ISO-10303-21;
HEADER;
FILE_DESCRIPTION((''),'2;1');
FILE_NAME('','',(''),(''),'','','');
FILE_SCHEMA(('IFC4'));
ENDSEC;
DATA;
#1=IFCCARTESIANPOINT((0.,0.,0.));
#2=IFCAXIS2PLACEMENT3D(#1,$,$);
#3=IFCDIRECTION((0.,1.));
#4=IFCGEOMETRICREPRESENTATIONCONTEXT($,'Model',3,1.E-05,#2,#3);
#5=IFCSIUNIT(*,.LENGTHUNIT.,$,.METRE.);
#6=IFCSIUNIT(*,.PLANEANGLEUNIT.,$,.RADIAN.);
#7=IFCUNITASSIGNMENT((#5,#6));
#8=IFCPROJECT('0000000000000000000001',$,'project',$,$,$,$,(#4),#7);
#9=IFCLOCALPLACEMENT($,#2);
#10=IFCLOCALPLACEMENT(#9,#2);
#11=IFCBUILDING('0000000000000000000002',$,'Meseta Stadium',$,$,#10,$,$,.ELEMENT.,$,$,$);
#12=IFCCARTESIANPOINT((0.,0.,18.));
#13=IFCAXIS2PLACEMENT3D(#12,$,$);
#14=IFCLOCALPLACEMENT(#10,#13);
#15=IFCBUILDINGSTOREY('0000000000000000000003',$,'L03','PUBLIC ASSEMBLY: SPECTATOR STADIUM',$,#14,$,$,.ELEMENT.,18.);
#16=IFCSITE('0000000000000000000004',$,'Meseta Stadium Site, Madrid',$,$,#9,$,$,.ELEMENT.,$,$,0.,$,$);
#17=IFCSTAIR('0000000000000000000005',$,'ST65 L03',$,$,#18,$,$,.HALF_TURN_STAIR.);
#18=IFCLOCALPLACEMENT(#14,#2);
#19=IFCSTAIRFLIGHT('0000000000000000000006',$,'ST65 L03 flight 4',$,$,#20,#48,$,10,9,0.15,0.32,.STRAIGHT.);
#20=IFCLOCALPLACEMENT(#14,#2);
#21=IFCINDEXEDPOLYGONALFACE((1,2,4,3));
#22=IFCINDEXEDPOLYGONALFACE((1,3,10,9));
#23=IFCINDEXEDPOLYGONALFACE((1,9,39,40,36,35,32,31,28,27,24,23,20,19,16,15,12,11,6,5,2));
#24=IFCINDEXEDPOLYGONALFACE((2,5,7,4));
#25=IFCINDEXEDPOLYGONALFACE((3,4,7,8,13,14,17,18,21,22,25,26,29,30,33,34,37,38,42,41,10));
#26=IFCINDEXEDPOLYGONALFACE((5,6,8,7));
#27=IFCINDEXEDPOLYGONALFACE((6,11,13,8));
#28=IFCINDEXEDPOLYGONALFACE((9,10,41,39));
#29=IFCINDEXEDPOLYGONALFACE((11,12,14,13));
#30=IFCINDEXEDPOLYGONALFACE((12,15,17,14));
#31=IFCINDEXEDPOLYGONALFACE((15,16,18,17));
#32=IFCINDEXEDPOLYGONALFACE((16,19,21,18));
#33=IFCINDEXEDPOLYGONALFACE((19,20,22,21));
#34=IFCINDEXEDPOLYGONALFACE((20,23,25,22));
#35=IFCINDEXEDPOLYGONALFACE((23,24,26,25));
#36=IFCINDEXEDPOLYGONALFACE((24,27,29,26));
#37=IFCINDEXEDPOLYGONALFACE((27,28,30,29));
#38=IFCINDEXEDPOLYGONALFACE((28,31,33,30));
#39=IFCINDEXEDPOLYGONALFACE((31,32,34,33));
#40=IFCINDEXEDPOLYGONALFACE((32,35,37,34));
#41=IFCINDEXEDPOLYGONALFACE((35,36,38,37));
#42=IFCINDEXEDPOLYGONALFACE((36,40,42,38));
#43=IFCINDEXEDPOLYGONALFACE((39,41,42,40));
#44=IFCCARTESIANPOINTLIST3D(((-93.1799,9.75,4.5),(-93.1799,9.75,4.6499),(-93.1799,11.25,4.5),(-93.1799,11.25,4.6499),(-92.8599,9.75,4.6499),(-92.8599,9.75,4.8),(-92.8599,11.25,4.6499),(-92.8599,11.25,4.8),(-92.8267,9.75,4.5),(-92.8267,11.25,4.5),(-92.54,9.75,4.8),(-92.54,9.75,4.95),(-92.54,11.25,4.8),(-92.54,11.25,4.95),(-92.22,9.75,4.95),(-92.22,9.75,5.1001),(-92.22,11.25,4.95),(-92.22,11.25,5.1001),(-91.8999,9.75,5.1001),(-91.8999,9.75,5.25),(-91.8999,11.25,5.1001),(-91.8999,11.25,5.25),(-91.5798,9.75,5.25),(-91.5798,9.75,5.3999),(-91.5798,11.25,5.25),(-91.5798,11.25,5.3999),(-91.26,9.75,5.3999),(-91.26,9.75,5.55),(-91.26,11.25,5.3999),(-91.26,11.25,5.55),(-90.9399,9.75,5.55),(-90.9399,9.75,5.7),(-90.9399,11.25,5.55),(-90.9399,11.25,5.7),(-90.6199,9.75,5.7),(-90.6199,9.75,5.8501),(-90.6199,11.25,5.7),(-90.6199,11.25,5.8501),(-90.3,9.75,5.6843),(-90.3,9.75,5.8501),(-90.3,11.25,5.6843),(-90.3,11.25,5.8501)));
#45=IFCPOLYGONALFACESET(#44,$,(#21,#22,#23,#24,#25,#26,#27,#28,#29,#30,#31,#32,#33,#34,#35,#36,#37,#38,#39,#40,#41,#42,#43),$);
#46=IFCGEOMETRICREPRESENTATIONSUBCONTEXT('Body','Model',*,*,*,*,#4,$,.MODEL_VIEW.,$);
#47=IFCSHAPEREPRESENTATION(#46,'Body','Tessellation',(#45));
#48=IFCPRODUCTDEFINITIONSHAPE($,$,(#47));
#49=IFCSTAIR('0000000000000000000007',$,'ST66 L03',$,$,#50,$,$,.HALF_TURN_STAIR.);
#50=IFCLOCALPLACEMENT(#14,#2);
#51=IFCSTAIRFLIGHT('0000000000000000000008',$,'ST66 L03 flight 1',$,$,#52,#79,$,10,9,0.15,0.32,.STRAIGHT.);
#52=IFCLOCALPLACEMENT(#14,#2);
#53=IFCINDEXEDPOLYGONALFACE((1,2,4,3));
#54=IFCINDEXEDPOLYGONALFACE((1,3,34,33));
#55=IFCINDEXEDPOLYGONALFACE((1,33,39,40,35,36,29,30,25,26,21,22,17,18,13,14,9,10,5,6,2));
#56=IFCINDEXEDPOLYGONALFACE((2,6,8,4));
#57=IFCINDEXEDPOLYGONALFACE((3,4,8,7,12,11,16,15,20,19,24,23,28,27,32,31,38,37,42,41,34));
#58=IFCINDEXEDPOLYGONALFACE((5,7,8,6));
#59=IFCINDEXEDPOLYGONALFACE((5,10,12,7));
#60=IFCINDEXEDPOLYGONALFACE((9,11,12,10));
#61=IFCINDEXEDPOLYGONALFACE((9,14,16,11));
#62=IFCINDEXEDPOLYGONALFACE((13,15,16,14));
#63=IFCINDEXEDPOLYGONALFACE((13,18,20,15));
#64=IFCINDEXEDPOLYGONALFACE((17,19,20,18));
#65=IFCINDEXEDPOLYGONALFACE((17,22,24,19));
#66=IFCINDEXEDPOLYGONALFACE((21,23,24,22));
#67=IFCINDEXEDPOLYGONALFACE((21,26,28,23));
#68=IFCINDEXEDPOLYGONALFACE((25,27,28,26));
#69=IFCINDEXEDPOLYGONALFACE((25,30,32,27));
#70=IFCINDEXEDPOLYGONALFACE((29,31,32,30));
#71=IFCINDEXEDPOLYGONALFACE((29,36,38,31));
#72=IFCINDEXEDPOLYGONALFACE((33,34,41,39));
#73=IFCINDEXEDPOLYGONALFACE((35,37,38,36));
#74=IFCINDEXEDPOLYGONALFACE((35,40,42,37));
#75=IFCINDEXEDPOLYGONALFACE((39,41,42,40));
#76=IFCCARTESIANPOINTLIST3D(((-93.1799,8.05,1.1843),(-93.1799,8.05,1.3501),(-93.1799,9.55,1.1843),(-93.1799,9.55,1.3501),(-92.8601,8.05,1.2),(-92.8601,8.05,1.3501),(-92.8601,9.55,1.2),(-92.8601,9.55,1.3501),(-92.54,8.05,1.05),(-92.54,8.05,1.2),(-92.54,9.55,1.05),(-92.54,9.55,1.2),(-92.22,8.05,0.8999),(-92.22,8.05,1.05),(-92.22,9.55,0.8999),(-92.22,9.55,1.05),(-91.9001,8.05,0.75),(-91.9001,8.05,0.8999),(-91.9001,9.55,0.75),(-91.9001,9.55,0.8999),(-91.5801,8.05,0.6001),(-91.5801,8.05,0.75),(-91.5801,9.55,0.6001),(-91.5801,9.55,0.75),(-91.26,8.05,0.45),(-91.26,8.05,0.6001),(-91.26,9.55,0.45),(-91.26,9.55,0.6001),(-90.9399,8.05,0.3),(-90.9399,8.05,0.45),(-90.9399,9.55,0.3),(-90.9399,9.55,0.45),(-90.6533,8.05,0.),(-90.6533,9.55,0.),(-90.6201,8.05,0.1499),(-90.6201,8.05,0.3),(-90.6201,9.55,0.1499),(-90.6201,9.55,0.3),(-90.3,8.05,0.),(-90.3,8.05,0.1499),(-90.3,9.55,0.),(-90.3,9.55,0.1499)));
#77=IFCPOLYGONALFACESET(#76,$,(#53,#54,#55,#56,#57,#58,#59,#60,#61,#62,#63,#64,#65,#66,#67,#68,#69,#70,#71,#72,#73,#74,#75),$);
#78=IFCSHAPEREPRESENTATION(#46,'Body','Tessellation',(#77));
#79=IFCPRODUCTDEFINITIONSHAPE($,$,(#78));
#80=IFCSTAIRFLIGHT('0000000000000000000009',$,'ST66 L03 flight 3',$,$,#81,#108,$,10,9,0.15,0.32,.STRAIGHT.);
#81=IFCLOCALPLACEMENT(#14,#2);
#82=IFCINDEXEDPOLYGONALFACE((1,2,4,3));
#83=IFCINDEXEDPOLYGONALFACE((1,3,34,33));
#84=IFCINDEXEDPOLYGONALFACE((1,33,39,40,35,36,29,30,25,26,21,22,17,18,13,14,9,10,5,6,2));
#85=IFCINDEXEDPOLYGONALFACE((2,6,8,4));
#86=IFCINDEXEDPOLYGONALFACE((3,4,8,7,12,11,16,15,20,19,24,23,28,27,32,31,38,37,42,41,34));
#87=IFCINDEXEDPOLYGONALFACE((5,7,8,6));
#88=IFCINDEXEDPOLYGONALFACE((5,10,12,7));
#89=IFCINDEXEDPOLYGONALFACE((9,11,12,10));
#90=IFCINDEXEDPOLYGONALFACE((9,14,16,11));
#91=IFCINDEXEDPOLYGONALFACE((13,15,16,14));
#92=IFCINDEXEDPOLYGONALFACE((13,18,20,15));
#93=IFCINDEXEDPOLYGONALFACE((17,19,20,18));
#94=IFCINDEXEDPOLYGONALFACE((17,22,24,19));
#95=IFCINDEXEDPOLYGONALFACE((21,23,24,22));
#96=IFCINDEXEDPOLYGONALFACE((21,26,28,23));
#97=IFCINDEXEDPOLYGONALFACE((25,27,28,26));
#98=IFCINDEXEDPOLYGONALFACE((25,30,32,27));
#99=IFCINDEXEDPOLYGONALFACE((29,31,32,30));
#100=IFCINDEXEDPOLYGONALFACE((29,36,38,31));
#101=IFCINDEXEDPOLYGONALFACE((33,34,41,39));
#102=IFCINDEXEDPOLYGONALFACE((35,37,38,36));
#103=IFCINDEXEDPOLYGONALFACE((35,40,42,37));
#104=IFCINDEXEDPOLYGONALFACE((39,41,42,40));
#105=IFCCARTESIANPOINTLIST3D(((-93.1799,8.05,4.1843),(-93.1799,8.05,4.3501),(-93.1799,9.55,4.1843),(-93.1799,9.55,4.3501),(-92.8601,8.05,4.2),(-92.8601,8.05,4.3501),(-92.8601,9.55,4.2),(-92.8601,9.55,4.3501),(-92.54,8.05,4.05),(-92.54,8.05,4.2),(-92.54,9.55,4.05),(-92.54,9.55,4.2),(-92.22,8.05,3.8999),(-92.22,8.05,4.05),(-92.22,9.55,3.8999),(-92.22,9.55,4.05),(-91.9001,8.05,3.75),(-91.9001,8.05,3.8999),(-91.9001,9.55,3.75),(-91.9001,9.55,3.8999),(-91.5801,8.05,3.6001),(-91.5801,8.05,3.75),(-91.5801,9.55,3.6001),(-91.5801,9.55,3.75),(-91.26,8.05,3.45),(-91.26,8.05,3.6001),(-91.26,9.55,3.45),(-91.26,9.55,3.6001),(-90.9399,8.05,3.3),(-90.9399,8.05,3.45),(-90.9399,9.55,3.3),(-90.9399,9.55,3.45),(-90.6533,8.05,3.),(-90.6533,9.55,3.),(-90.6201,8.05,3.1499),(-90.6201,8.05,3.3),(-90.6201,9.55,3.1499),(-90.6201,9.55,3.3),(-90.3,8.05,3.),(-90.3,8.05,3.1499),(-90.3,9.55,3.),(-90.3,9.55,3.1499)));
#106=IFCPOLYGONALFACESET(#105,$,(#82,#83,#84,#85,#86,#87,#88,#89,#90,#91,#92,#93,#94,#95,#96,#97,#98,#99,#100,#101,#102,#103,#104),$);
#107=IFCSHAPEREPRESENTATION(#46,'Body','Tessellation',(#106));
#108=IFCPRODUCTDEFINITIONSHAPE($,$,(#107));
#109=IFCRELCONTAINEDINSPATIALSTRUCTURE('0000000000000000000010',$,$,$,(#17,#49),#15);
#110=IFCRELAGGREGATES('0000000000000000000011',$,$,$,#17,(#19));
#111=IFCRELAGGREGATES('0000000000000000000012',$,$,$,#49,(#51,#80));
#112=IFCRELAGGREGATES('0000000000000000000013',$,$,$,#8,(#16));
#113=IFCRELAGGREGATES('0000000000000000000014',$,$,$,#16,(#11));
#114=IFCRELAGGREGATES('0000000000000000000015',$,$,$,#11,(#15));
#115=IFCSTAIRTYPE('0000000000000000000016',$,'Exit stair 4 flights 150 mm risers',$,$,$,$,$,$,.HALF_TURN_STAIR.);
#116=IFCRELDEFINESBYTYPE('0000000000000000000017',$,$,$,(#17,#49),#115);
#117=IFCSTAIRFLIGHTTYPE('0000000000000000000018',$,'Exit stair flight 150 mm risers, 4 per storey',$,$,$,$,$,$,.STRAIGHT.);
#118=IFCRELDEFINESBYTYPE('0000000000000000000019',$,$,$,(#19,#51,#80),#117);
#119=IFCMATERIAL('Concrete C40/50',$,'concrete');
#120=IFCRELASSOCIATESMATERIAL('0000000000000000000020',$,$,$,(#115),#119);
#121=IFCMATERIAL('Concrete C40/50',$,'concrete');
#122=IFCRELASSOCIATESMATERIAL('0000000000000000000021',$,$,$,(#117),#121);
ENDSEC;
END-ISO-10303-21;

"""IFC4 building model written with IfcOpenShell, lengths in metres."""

from ifc_helpers import new_model, si_unit, direction, frame, origin, place, context, subcontext, project, spatial, polyline, outline, extrude, material, type_object, element, aggregate, save


model = new_model("IFC4")

# Units and contexts
model_context = context("Model", 3, precision=1e-05, world=origin(), true_north=direction((0.0, 1.0)))
body_context = subcontext(model_context, "Body", "Model", "MODEL_VIEW")
ifc_project = project(units=[si_unit("LENGTHUNIT", "METRE"), si_unit("PLANEANGLEUNIT", "RADIAN")], contexts=[model_context])

# Site, building, storey
site_placement = place(None, origin())
site = spatial("IfcSite", under=ifc_project, at=site_placement, Name="Meseta Stadium Site, Madrid", CompositionType="ELEMENT", RefElevation=0.0)
building_placement = place(site_placement, origin())
building = spatial("IfcBuilding", under=site, at=building_placement, Name="Meseta Stadium", CompositionType="ELEMENT")
storey_placement = place(building_placement, frame((0.0, 0.0, 18.0)))
storey = spatial("IfcBuildingStorey", under=building, at=storey_placement, Name="L03", Description="PUBLIC ASSEMBLY: SPECTATOR STADIUM", CompositionType="ELEMENT", Elevation=18.0)

# Stairs, stair flights
ifc_material_1 = material(Name="Concrete C40/50", Category="concrete")
stair_type = type_object("IfcStairType", Name="Exit stair 4 flights 150 mm risers", PredefinedType="HALF_TURN_STAIR", material=ifc_material_1)
stair_1_placement = place(storey_placement, origin())
stair_1 = element("IfcStair", 1, at=stair_1_placement, inside=storey, type_object=stair_type, Name="ST65 L03", PredefinedType="HALF_TURN_STAIR")
ifc_material_2 = material(Name="Concrete C40/50", Category="concrete")
stair_flight_type = type_object("IfcStairFlightType", Name="Exit stair flight 150 mm risers, 4 per storey", PredefinedType="STRAIGHT", material=ifc_material_2)
stair_flight_1_placement = place(storey_placement, frame((-93.1799, 10.5, 4.5), z_axis=(0.0, 0.0, 1.0), x_axis=(1.0, 0.0, 0.0)))
stair_flight_1 = element("IfcStairFlight", 2, at=stair_flight_1_placement, type_object=stair_flight_type, Name="ST65 L03 flight 4", NumberOfRisers=10, NumberOfTreads=9, PredefinedType="STRAIGHT", RiserHeight=0.15, TreadLength=0.32, context=body_context, shape_type="SweptSolid", body=[
    extrude(outline(polyline([(0.0, 0.0), (0.0, 0.1499), (0.3201, 0.1499), (0.3201, 0.3), (0.6399, 0.3), (0.6399, 0.45), (0.96, 0.45), (0.96, 0.6001), (1.28, 0.6001), (1.28, 0.75), (1.6001, 0.75), (1.6001, 0.8999), (1.9199, 0.8999), (1.9199, 1.05), (2.24, 1.05), (2.24, 1.2), (2.5601, 1.2), (2.5601, 1.3501), (2.8799, 1.3501), (2.8799, 1.1843), (0.3533, 0.0), (0.0, 0.0)])), frame((0.0, 0.75, 0.0), z_axis=(0.0, -1.0, 0.0), x_axis=(1.0, 0.0, 0.0)), (0.0, 0.0, 1.0), 1.5),
])
aggregate(stair_1, [stair_flight_1])
stair_2_placement = place(storey_placement, origin())
stair_2 = element("IfcStair", 3, at=stair_2_placement, inside=storey, type_object=stair_type, Name="ST66 L03", PredefinedType="HALF_TURN_STAIR")
stair_flight_2_placement = place(storey_placement, frame((-90.3, 8.8, 0.0), z_axis=(0.0, 0.0, 1.0), x_axis=(-1.0, 0.0, 0.0)))
stair_flight_2 = element("IfcStairFlight", 4, at=stair_flight_2_placement, type_object=stair_flight_type, Name="ST66 L03 flight 1", NumberOfRisers=10, NumberOfTreads=9, PredefinedType="STRAIGHT", RiserHeight=0.15, TreadLength=0.32, context=body_context, shape_type="SweptSolid", body=[
    extrude(outline(polyline([(0.0, 0.0), (0.0, 0.1499), (0.3201, 0.1499), (0.3201, 0.3), (0.6399, 0.3), (0.6399, 0.45), (0.96, 0.45), (0.96, 0.6001), (1.28, 0.6001), (1.28, 0.75), (1.6001, 0.75), (1.6001, 0.8999), (1.9199, 0.8999), (1.9199, 1.05), (2.24, 1.05), (2.24, 1.2), (2.5601, 1.2), (2.5601, 1.3501), (2.8799, 1.3501), (2.8799, 1.1843), (0.3533, 0.0), (0.0, 0.0)])), frame((0.0, 0.75, 0.0), z_axis=(0.0, -1.0, 0.0), x_axis=(1.0, 0.0, 0.0)), (0.0, 0.0, 1.0), 1.5),
])
stair_flight_3_placement = place(storey_placement, frame((-90.3, 8.8, 3.0), z_axis=(0.0, 0.0, 1.0), x_axis=(-1.0, 0.0, 0.0)))
stair_flight_3 = element("IfcStairFlight", 5, at=stair_flight_3_placement, type_object=stair_flight_type, Name="ST66 L03 flight 3", NumberOfRisers=10, NumberOfTreads=9, PredefinedType="STRAIGHT", RiserHeight=0.15, TreadLength=0.32, context=body_context, shape_type="SweptSolid", body=[
    extrude(outline(polyline([(0.0, 0.0), (0.0, 0.1499), (0.3201, 0.1499), (0.3201, 0.3), (0.6399, 0.3), (0.6399, 0.45), (0.96, 0.45), (0.96, 0.6001), (1.28, 0.6001), (1.28, 0.75), (1.6001, 0.75), (1.6001, 0.8999), (1.9199, 0.8999), (1.9199, 1.05), (2.24, 1.05), (2.24, 1.2), (2.5601, 1.2), (2.5601, 1.3501), (2.8799, 1.3501), (2.8799, 1.1843), (0.3533, 0.0), (0.0, 0.0)])), frame((0.0, 0.75, 0.0), z_axis=(0.0, -1.0, 0.0), x_axis=(1.0, 0.0, 0.0)), (0.0, 0.0, 1.0), 1.5),
])
aggregate(stair_2, [stair_flight_2, stair_flight_3])

save(model, "model.ifc")
